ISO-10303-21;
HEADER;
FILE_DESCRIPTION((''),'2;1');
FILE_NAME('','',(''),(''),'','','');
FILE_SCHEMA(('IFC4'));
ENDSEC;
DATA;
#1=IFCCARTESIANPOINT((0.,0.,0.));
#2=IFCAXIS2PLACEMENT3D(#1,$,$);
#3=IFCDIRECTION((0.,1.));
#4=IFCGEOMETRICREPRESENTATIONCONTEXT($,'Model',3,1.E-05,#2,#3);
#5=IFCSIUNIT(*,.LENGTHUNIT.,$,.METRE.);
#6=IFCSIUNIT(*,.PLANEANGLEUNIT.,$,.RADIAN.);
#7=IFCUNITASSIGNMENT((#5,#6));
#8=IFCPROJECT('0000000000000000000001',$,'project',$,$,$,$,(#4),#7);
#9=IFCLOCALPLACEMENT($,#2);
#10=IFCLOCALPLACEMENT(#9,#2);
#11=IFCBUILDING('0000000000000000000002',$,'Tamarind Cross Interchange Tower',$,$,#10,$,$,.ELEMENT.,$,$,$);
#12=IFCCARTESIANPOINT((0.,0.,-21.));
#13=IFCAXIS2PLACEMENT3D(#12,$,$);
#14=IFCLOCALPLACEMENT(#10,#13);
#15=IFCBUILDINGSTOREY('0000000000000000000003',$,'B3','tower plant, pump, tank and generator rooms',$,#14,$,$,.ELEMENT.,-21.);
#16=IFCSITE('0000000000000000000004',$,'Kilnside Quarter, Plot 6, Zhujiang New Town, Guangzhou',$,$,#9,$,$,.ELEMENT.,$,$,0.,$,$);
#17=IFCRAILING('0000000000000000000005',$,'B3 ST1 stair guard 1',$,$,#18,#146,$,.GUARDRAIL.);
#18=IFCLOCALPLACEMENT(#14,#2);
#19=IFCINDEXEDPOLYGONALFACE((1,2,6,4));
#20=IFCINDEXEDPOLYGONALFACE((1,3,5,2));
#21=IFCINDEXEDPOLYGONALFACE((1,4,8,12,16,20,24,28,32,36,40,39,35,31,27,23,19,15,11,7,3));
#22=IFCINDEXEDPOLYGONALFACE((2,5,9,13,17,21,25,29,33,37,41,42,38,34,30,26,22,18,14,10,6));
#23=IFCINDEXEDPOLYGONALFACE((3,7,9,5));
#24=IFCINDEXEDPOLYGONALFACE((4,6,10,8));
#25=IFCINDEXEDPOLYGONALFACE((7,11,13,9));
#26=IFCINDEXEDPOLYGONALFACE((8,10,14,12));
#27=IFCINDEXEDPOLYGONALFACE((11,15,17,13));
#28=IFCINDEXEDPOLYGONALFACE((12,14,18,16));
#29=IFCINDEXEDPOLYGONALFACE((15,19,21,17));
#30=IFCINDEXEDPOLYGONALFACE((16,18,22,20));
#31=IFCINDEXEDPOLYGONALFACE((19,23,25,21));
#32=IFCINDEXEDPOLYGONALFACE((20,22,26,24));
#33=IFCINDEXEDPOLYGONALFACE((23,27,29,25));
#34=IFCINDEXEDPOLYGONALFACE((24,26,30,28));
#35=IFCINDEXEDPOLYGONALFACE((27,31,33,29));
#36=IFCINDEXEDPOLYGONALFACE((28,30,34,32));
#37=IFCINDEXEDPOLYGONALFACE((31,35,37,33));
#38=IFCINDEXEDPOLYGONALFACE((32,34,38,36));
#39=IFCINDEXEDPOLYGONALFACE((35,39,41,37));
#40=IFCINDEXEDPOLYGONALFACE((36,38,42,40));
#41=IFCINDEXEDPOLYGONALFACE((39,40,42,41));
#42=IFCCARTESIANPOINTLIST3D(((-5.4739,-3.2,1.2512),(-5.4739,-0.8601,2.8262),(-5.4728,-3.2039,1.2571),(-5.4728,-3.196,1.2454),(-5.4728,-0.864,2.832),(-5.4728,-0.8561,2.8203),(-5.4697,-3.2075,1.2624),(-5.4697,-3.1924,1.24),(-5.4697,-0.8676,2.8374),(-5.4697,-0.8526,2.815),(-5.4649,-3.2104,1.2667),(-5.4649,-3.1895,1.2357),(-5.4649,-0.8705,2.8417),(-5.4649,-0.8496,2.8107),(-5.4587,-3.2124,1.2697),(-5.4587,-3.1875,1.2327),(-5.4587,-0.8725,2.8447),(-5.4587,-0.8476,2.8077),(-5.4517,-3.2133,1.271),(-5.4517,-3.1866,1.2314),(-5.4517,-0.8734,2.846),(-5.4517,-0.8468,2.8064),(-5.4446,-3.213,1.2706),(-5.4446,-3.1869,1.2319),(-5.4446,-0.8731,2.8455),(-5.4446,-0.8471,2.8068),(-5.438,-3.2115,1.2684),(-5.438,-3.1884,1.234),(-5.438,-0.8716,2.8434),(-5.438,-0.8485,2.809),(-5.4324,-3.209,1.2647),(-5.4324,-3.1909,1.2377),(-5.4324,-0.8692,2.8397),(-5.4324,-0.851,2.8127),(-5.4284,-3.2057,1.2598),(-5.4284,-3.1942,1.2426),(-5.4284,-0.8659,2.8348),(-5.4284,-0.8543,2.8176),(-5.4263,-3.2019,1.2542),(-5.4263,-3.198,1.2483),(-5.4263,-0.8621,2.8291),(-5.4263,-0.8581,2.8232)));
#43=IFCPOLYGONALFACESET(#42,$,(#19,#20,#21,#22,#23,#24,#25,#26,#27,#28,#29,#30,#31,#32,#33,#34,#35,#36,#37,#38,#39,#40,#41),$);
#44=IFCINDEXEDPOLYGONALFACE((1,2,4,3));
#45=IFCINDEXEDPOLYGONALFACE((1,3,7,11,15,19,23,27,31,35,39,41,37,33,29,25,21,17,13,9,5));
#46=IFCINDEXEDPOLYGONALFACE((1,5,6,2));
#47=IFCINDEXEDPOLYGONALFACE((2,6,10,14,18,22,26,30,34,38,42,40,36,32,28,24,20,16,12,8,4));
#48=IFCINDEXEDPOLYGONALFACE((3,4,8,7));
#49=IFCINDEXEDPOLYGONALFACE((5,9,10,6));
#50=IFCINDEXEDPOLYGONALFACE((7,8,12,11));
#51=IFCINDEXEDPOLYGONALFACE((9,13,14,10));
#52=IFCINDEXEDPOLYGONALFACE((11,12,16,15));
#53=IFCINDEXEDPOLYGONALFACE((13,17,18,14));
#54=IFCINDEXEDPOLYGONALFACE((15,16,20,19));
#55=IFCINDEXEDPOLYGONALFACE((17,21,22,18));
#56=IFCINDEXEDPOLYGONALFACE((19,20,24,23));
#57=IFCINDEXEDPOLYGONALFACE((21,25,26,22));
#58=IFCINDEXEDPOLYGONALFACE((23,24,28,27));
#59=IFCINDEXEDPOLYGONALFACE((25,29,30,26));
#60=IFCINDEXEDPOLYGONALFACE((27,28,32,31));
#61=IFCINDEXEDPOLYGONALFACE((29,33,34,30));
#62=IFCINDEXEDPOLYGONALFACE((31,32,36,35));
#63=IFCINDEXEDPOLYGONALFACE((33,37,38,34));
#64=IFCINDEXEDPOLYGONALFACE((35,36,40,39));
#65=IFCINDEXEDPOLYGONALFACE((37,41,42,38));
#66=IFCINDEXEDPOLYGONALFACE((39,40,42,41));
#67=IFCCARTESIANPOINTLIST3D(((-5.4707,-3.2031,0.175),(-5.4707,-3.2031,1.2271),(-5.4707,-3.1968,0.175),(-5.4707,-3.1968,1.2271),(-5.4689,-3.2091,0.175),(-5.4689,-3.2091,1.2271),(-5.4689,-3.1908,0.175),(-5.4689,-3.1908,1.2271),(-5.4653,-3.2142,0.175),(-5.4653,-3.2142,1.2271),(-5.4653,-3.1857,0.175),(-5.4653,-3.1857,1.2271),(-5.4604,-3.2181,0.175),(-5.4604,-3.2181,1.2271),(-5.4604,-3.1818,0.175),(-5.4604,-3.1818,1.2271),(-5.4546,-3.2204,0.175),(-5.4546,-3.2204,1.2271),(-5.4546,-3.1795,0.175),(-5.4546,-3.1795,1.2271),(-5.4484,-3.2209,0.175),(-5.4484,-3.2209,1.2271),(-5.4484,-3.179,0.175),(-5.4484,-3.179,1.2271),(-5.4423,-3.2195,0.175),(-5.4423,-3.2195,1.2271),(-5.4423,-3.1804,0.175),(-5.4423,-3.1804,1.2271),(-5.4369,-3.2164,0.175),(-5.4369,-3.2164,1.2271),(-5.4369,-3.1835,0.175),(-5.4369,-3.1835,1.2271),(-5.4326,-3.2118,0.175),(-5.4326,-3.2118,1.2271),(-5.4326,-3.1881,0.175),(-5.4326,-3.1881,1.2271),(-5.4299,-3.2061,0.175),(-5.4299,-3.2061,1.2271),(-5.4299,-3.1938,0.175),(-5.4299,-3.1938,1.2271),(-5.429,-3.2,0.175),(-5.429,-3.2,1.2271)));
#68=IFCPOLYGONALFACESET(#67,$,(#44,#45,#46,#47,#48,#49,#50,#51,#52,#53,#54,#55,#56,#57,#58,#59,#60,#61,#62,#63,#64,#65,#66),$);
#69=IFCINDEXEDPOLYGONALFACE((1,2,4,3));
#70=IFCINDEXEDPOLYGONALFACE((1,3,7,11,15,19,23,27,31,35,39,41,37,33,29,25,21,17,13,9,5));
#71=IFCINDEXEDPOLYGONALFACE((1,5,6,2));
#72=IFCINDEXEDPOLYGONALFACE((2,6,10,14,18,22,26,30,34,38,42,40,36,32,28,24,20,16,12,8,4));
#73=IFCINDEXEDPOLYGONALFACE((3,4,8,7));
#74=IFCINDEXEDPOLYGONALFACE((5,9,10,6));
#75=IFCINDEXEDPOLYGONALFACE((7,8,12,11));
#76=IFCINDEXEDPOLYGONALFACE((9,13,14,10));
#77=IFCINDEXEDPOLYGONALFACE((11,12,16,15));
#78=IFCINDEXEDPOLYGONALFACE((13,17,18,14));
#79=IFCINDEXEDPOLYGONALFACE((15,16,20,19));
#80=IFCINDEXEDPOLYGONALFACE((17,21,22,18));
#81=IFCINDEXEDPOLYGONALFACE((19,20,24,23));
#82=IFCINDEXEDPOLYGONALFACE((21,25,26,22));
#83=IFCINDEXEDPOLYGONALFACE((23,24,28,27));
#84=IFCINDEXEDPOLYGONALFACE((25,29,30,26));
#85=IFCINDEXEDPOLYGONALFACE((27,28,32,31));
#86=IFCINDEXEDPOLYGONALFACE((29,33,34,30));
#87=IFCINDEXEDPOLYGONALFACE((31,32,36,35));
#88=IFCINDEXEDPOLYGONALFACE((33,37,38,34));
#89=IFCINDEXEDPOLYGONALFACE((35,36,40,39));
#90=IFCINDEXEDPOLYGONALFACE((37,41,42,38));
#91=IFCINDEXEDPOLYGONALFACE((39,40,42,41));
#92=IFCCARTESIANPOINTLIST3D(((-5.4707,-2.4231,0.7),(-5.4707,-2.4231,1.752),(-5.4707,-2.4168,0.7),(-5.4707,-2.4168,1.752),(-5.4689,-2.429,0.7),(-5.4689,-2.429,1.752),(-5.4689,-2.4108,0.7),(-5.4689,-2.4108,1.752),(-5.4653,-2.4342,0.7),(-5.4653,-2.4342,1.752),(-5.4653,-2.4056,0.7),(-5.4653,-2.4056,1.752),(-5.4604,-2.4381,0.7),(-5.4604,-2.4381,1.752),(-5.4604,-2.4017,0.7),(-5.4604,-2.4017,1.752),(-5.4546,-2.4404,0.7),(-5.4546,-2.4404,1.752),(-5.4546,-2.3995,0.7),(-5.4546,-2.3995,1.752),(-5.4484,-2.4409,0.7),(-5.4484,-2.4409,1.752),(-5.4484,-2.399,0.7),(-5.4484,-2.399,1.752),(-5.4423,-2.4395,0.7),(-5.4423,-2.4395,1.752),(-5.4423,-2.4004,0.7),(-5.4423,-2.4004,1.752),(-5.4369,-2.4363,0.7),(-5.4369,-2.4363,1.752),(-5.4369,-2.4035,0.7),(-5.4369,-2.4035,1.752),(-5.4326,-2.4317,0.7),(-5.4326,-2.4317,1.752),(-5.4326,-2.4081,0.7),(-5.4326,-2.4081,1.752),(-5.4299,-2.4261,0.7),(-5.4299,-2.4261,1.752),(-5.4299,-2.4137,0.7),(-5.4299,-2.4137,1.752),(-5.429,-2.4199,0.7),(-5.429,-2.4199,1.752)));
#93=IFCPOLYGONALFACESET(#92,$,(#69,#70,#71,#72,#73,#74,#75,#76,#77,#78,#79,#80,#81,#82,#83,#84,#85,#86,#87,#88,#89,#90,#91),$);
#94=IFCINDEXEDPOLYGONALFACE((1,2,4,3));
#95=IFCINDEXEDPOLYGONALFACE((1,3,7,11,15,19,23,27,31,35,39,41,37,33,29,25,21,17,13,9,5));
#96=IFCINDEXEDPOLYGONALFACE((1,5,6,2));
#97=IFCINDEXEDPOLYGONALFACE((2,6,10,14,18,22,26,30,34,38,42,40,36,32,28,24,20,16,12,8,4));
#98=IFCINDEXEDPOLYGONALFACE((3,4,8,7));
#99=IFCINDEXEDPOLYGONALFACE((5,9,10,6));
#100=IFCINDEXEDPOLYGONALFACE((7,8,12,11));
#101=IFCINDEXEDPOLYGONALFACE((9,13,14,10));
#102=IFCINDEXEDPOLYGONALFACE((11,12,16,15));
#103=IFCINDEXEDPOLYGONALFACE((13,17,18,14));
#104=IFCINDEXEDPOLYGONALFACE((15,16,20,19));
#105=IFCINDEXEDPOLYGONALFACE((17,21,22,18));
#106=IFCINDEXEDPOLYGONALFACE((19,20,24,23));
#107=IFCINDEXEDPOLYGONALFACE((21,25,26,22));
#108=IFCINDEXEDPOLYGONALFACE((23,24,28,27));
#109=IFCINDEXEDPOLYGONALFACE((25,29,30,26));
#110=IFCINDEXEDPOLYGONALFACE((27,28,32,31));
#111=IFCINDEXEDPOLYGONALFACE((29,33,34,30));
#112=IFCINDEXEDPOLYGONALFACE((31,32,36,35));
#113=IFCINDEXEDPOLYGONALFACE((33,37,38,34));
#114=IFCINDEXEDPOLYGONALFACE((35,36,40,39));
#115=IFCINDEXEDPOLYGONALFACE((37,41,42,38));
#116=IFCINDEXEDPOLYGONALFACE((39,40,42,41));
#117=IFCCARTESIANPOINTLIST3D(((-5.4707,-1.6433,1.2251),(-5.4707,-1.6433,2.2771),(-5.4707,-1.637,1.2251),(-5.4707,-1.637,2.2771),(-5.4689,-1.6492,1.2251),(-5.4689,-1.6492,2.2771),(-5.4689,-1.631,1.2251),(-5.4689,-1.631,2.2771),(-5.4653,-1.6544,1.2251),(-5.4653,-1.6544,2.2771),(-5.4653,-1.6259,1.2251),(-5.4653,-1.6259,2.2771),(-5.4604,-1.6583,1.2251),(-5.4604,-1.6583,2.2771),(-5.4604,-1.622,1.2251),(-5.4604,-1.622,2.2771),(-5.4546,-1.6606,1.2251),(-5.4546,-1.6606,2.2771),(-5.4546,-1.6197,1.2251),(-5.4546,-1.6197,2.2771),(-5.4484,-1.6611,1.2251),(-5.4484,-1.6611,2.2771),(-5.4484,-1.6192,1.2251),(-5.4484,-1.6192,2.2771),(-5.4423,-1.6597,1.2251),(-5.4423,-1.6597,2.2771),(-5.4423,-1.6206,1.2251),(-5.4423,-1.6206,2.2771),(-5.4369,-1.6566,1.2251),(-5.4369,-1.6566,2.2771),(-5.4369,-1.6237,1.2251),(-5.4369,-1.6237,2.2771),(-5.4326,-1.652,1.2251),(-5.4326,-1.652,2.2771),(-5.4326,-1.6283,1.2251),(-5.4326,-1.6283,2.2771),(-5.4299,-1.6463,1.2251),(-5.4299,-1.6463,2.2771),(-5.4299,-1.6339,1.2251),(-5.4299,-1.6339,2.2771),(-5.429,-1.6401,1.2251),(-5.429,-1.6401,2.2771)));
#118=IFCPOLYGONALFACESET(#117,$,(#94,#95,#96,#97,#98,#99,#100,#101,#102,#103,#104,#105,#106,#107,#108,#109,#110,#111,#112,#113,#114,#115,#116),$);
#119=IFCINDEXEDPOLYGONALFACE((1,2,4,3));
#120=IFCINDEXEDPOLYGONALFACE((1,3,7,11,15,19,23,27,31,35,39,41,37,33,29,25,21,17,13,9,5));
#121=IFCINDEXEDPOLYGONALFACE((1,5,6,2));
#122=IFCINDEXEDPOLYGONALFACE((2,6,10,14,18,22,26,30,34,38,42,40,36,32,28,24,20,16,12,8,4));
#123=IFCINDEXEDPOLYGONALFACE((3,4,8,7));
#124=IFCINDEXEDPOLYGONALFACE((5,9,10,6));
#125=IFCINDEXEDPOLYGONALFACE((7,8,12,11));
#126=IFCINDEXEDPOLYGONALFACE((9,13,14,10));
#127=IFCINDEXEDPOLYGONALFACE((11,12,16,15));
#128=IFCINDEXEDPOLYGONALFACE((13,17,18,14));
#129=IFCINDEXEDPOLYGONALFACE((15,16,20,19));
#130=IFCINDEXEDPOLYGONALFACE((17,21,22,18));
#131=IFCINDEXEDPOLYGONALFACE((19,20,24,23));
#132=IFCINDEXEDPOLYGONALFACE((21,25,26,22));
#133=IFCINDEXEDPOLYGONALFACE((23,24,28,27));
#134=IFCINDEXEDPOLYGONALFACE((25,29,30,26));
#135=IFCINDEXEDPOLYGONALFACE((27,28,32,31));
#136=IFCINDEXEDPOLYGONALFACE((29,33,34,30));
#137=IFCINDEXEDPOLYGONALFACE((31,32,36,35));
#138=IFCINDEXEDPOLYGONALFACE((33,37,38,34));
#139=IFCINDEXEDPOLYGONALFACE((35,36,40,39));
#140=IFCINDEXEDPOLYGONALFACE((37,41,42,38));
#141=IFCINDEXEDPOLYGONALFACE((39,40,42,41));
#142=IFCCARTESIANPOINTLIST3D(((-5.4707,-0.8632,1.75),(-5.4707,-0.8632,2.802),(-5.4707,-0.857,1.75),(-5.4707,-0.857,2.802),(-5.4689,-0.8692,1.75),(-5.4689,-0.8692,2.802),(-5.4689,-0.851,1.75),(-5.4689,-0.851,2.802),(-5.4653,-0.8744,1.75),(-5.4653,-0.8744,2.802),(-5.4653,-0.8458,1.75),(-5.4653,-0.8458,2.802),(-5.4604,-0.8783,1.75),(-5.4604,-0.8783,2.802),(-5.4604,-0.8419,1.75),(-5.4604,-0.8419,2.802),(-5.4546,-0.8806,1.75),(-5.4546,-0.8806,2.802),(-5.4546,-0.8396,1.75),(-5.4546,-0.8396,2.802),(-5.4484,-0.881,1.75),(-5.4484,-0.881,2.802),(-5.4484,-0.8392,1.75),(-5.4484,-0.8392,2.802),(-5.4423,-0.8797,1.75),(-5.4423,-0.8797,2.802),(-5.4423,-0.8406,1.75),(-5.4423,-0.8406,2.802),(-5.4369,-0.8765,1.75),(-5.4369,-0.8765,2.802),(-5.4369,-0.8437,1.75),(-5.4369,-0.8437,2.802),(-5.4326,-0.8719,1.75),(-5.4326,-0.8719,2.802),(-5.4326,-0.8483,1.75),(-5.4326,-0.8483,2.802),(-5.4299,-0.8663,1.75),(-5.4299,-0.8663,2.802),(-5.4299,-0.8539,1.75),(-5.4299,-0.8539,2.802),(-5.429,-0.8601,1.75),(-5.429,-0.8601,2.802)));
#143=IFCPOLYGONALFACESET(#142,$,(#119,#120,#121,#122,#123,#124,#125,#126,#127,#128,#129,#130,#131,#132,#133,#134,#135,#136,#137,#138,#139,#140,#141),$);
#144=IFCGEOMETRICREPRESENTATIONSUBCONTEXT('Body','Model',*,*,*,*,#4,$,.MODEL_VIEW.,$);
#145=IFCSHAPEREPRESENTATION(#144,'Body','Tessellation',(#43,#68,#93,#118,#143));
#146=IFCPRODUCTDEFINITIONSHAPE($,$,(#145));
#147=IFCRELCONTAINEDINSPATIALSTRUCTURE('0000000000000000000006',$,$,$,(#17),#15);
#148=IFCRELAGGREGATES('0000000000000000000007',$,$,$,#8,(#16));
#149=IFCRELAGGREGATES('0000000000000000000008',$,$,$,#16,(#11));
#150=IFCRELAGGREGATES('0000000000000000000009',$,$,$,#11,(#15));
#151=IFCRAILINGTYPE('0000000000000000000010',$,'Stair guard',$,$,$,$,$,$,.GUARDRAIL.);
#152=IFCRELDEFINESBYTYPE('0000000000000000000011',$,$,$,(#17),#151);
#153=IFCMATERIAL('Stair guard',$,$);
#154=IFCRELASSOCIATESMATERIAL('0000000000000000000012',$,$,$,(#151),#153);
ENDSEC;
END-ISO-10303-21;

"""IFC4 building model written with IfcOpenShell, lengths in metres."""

from ifc_helpers import new_model, si_unit, direction, frame, origin, origin_2d, place, context, subcontext, project, spatial, circle, extrude, material, type_object, element, save


model = new_model("IFC4")

# Units and contexts
model_context = context("Model", 3, precision=1e-05, world=origin(), true_north=direction((0.0, 1.0)))
body_context = subcontext(model_context, "Body", "Model", "MODEL_VIEW")
ifc_project = project(units=[si_unit("LENGTHUNIT", "METRE"), si_unit("PLANEANGLEUNIT", "RADIAN")], contexts=[model_context])

# Site, building, storey
site_placement = place(None, origin())
site = spatial("IfcSite", under=ifc_project, at=site_placement, Name="Kilnside Quarter, Plot 6, Zhujiang New Town, Guangzhou", CompositionType="ELEMENT", RefElevation=0.0)
building_placement = place(site_placement, origin())
building = spatial("IfcBuilding", under=site, at=building_placement, Name="Tamarind Cross Interchange Tower", CompositionType="ELEMENT")
storey_placement = place(building_placement, frame((0.0, 0.0, -21.0)))
storey = spatial("IfcBuildingStorey", under=building, at=storey_placement, Name="B3", Description="tower plant, pump, tank and generator rooms", CompositionType="ELEMENT", Elevation=-21.0)

# Railing
ifc_material_1 = material(Name="Stair guard")
railing_type_1 = type_object("IfcRailingType", Name="Stair guard", PredefinedType="GUARDRAIL", material=ifc_material_1)
railing_1_placement = place(storey_placement, frame((-5.45, -3.2, 0.175)))
element("IfcRailing", 1, at=railing_1_placement, inside=storey, type_object=railing_type_1, Name="B3 ST1 stair guard 1", PredefinedType="GUARDRAIL", context=body_context, shape_type="SweptSolid", body=[
    extrude(circle(Radius=0.0239, at=origin_2d()), frame((0.0, 0.0, 1.0762), z_axis=(0.0, 0.829578, 0.55839), x_axis=(-1.0, 0.0, 0.0)), (0.0, 0.0, 1.0), 2.8206),
    extrude(circle(Radius=0.021, at=origin_2d()), origin(), (0.0, 0.0, 1.0), 1.052),
    extrude(circle(Radius=0.021, at=origin_2d()), frame((0.0, 0.78, 0.5249)), (0.0, 0.0, 1.0), 1.052),
    extrude(circle(Radius=0.021, at=origin_2d()), frame((0.0, 1.5598, 1.05)), (0.0, 0.0, 1.0), 1.052),
    extrude(circle(Radius=0.021, at=origin_2d()), frame((0.0, 2.3398, 1.575)), (0.0, 0.0, 1.0), 1.052),
])

save(model, "model.ifc")
